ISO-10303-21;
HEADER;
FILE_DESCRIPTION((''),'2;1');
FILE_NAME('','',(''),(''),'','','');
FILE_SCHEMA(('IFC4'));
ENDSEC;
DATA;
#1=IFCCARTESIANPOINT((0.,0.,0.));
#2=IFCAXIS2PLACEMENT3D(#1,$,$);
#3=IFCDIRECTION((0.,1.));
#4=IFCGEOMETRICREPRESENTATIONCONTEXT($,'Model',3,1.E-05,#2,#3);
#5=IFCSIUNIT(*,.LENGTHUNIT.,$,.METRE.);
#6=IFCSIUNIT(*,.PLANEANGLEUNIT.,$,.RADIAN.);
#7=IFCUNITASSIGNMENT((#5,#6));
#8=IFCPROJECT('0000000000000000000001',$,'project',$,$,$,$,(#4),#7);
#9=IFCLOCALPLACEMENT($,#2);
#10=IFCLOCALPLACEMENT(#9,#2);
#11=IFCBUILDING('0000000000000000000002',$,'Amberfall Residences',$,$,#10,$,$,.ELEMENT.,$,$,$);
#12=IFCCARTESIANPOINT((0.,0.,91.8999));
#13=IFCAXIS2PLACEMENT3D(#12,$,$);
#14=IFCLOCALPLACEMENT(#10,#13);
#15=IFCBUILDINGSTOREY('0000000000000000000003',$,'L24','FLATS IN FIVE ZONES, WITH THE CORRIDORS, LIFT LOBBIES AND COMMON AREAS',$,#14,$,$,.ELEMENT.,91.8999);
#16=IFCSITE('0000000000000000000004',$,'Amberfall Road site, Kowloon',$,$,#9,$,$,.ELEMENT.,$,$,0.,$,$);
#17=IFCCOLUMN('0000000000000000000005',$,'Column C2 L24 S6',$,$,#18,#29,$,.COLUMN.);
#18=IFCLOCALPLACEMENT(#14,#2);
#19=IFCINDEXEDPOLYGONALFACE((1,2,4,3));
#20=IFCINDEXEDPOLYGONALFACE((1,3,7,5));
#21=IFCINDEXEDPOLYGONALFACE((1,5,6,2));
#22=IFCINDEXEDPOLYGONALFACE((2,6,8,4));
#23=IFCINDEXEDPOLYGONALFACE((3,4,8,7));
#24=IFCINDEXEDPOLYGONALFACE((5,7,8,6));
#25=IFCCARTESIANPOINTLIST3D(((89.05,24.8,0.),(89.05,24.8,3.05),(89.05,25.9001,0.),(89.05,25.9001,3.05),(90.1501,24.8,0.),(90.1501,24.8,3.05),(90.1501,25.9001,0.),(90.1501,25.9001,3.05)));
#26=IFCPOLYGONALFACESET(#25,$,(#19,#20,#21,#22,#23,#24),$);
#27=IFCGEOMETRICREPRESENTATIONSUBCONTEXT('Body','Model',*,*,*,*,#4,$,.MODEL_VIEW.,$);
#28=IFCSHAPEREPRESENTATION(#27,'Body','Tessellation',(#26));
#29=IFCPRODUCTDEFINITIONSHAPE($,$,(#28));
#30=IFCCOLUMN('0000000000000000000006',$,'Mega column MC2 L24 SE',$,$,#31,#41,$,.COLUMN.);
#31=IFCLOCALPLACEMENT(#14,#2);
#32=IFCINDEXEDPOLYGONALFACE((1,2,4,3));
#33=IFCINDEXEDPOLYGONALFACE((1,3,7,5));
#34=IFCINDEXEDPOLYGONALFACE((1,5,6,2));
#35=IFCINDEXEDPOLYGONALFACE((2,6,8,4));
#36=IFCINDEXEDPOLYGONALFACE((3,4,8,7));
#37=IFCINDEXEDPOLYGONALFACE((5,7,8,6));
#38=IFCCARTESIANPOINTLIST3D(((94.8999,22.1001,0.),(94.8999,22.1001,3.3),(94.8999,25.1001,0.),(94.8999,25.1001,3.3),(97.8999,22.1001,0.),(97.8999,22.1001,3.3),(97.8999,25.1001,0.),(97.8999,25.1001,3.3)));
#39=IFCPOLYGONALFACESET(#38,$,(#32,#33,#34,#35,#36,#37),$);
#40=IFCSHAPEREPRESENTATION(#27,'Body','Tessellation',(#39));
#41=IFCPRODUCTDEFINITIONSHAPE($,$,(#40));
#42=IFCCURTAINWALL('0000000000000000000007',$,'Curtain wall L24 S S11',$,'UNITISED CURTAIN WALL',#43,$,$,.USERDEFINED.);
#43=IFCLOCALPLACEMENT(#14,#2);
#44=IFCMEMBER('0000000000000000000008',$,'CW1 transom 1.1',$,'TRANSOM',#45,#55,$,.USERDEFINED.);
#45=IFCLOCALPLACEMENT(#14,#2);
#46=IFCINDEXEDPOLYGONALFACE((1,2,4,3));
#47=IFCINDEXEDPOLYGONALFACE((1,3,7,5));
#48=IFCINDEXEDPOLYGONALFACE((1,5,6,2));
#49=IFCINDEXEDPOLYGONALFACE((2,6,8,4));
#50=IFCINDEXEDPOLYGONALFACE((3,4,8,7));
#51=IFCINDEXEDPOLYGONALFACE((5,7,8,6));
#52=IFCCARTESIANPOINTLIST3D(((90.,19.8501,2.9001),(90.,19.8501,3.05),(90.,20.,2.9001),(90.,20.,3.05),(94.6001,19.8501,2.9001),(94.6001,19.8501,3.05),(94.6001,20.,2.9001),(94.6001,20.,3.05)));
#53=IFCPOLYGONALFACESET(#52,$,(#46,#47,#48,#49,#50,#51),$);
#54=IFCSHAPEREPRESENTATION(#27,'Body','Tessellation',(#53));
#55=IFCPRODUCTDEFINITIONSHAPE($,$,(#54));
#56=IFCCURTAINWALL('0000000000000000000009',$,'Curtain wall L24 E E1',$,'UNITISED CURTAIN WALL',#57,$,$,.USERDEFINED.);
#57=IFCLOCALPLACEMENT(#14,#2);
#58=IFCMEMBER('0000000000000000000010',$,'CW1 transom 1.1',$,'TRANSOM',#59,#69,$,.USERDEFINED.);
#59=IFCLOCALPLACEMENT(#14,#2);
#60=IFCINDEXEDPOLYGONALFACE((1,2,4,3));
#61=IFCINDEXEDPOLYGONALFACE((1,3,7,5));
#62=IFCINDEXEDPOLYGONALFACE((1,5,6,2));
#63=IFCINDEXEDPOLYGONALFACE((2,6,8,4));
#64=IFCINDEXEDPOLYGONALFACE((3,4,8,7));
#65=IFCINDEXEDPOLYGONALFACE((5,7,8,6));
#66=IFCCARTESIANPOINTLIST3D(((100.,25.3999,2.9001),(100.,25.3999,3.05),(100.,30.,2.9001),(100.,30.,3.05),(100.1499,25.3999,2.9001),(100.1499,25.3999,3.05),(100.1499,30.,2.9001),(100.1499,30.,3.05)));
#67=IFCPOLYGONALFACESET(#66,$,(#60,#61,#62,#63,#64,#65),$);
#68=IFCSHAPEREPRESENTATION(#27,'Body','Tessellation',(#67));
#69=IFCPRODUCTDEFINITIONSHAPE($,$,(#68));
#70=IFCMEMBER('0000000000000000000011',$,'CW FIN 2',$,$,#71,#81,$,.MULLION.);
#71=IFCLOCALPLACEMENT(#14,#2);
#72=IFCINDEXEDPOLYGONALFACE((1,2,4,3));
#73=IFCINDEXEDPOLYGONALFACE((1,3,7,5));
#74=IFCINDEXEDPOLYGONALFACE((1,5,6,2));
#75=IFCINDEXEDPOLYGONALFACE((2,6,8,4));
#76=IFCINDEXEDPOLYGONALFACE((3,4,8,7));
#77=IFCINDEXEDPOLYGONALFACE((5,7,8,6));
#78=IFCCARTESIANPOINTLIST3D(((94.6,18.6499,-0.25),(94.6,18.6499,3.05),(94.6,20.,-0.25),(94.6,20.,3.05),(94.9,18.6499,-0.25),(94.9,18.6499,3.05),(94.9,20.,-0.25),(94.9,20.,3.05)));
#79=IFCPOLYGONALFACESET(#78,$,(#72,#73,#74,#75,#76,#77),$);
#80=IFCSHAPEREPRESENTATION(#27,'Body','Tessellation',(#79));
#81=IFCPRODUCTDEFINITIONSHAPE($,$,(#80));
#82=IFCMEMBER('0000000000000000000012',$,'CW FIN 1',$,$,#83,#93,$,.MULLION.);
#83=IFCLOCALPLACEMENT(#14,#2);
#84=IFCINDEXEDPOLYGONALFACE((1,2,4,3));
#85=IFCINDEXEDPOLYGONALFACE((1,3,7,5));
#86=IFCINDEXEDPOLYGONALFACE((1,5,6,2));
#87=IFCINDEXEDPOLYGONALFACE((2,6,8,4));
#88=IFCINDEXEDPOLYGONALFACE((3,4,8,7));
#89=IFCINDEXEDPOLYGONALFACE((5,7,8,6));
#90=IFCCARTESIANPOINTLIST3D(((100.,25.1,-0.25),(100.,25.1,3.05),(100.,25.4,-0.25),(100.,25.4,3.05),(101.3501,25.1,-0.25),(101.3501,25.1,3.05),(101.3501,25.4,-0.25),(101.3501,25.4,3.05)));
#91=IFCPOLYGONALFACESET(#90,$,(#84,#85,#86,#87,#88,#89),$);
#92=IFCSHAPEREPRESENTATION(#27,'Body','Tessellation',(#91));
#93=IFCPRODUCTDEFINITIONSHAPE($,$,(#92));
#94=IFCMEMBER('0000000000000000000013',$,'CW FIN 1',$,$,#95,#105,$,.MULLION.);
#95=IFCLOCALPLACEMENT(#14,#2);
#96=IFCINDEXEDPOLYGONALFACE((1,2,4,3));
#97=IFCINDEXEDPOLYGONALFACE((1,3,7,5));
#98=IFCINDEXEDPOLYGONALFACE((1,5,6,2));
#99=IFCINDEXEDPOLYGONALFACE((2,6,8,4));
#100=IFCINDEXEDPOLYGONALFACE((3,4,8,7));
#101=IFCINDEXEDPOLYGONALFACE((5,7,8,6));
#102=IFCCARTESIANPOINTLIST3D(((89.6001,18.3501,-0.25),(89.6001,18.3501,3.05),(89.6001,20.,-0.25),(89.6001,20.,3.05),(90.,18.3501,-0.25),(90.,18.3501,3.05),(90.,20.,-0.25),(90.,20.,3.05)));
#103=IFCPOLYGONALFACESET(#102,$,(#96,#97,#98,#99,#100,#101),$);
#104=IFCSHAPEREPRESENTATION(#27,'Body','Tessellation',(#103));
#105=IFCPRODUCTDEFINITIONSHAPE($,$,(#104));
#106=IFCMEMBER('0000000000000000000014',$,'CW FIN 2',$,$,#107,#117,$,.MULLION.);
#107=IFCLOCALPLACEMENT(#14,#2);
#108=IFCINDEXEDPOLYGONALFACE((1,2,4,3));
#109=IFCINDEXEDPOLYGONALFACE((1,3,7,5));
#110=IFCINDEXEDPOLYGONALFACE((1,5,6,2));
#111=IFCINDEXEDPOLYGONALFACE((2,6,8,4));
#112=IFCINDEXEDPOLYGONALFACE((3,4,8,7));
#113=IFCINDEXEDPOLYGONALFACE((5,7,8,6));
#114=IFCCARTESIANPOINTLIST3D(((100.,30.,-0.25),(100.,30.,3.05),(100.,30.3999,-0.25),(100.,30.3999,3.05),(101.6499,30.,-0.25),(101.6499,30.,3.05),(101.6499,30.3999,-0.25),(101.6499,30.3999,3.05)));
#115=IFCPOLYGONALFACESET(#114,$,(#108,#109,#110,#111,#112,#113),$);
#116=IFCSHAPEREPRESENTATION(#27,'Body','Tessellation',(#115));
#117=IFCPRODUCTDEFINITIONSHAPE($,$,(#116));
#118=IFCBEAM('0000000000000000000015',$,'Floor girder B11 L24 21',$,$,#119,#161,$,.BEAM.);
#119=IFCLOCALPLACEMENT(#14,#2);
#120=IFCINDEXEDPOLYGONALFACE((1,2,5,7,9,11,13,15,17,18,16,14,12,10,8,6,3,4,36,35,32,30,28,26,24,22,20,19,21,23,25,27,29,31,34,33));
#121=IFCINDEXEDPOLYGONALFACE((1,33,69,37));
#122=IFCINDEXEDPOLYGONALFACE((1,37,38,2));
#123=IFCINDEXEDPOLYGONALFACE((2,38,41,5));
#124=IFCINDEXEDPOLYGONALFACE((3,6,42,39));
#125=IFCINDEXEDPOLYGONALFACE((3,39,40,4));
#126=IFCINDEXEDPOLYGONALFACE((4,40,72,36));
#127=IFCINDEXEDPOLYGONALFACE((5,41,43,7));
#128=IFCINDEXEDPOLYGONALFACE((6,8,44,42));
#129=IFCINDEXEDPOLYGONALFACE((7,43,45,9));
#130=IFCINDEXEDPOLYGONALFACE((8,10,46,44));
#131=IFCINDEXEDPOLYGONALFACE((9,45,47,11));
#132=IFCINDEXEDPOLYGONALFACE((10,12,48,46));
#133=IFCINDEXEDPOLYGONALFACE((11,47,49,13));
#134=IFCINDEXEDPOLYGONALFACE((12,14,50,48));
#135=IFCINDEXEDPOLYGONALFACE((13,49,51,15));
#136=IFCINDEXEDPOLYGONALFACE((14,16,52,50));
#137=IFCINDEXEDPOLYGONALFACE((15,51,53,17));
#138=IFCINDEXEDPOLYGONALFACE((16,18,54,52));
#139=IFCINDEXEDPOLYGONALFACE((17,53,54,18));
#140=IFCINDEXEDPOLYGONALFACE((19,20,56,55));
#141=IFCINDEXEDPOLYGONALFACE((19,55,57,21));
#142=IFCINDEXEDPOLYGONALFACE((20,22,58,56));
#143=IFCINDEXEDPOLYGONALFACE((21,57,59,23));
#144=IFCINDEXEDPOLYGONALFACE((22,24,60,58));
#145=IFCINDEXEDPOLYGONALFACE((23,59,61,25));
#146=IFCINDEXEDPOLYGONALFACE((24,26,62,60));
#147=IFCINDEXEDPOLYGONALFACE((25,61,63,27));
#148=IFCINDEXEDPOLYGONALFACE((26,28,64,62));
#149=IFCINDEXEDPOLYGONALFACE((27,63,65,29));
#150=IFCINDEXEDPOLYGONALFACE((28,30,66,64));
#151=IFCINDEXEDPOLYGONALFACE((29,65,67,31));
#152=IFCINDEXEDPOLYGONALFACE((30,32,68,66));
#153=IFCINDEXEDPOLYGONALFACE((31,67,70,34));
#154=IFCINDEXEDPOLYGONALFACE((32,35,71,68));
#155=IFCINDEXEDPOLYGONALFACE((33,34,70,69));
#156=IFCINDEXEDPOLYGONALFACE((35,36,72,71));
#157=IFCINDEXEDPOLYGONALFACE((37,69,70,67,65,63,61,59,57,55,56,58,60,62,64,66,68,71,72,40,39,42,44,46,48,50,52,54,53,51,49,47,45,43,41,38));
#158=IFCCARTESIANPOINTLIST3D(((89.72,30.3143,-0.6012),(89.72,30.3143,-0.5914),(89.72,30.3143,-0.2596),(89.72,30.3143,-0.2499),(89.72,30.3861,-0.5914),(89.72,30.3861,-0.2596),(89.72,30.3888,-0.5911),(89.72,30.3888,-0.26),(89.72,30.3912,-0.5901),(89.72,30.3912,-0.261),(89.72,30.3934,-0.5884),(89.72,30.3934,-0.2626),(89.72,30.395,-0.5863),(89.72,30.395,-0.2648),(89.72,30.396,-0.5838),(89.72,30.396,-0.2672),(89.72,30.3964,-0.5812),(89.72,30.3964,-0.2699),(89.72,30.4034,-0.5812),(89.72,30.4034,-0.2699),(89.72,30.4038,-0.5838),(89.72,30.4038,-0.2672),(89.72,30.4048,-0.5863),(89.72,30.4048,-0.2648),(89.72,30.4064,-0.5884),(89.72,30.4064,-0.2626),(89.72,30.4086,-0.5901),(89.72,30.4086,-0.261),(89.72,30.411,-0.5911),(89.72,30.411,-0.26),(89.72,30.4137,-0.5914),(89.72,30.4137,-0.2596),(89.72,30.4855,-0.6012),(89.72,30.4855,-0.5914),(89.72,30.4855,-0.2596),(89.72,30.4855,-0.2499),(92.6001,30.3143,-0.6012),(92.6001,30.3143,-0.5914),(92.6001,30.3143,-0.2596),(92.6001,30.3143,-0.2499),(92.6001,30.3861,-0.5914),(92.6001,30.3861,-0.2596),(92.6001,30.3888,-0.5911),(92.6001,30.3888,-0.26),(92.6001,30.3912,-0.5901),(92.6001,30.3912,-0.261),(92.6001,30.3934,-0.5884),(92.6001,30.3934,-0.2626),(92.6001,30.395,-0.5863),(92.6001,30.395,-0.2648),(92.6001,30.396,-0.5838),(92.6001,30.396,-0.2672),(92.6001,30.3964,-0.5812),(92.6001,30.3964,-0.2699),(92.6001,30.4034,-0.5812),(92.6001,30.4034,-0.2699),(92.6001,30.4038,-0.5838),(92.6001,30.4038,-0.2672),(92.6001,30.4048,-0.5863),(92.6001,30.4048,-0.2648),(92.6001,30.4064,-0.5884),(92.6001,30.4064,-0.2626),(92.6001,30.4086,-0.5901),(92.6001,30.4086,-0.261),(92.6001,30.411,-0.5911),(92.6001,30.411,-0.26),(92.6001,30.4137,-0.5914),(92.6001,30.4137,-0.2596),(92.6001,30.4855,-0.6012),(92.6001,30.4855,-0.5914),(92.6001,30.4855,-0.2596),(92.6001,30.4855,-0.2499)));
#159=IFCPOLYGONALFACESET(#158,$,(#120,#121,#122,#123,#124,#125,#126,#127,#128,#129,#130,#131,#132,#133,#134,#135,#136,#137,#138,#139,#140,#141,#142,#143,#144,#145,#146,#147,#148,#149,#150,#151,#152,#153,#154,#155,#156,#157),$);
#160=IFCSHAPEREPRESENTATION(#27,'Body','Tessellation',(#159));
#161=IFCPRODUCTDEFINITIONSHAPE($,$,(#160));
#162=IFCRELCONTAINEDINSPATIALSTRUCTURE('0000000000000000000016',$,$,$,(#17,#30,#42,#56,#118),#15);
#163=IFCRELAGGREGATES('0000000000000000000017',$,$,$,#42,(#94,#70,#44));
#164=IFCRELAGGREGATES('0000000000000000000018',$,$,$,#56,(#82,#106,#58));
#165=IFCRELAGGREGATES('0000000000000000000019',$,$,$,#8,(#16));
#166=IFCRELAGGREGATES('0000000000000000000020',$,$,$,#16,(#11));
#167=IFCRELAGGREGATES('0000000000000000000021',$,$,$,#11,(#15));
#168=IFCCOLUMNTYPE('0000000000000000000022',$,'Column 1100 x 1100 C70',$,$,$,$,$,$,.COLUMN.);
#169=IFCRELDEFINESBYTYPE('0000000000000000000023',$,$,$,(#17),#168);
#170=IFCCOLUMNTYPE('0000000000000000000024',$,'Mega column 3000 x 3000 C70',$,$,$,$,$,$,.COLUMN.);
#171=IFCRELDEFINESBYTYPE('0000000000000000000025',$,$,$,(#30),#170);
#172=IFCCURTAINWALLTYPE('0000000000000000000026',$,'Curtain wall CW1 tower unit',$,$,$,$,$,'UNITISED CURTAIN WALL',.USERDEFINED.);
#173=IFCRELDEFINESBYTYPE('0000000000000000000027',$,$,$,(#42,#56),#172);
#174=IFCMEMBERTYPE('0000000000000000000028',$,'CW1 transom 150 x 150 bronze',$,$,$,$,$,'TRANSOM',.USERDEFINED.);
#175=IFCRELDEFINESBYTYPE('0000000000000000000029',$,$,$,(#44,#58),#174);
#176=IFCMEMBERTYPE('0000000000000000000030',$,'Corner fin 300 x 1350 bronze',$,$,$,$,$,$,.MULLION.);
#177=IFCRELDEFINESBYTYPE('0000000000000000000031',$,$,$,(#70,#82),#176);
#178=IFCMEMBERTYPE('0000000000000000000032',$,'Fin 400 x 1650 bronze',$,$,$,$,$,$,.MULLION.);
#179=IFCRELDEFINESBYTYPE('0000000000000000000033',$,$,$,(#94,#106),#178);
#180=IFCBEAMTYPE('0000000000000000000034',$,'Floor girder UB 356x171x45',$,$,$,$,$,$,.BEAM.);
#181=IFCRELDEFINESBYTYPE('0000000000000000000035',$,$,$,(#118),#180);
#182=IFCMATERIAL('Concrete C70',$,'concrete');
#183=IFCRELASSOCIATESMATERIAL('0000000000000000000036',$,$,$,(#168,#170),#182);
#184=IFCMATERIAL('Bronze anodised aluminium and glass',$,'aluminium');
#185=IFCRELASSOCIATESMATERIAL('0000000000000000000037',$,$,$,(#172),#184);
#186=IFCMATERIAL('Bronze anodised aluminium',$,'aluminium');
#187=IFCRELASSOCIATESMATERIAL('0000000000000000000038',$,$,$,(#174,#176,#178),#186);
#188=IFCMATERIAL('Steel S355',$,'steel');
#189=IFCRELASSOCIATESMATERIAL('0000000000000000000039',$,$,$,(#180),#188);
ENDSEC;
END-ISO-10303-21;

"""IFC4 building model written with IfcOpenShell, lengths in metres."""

from ifc_helpers import new_model, si_unit, direction, frame, origin, origin_2d, place, context, subcontext, project, spatial, rectangle, i_section, extrude, material, material_profile, profile_set, type_object, element, aggregate, save


model = new_model("IFC4")

# Units and contexts
model_context = context("Model", 3, precision=1e-05, world=origin(), true_north=direction((0.0, 1.0)))
body_context = subcontext(model_context, "Body", "Model", "MODEL_VIEW")
ifc_project = project(units=[si_unit("LENGTHUNIT", "METRE"), si_unit("PLANEANGLEUNIT", "RADIAN")], contexts=[model_context])

# Site, building, storey
site_placement = place(None, origin())
site = spatial("IfcSite", under=ifc_project, at=site_placement, Name="Amberfall Road site, Kowloon", CompositionType="ELEMENT", RefElevation=0.0)
building_placement = place(site_placement, origin())
building = spatial("IfcBuilding", under=site, at=building_placement, Name="Amberfall Residences", CompositionType="ELEMENT")
storey_placement = place(building_placement, frame((0.0, 0.0, 91.8999)))
storey = spatial("IfcBuildingStorey", under=building, at=storey_placement, Name="L24", Description="FLATS IN FIVE ZONES, WITH THE CORRIDORS, LIFT LOBBIES AND COMMON AREAS", CompositionType="ELEMENT", Elevation=91.8999)

# Columns
ifc_material_1 = material(Name="Concrete C70", Category="concrete")
ifc_material_profile_1 = material_profile(ifc_material_1, rectangle(XDim=1.1001, YDim=1.1001, at=origin_2d()), Name="Column 1100 x 1100 C70")
ifc_profile_set_1 = profile_set([ifc_material_profile_1], Name="Concrete C70")
column_type_1 = type_object("IfcColumnType", Name="Column 1100 x 1100 C70", PredefinedType="COLUMN", material=ifc_profile_set_1)
column_1_placement = place(storey_placement, frame((89.6001, 25.3501, 0.0), z_axis=(0.0, 0.0, 1.0), x_axis=(1.0, 0.0, 0.0)))
element("IfcColumn", 1, at=column_1_placement, inside=storey, type_object=column_type_1, Name="Column C2 L24 S6", PredefinedType="COLUMN", context=body_context, shape_type="SweptSolid", body=[
    extrude(rectangle(XDim=1.1001, YDim=1.1001, at=origin_2d()), origin(), (0.0, 0.0, 1.0), 3.05),
])
ifc_material_profile_2 = material_profile(ifc_material_1, rectangle(XDim=3.0, YDim=3.0, at=origin_2d()), Name="Mega column 3000 x 3000 C70")
ifc_profile_set_2 = profile_set([ifc_material_profile_2], Name="Concrete C70")
column_type_2 = type_object("IfcColumnType", Name="Mega column 3000 x 3000 C70", PredefinedType="COLUMN", material=ifc_profile_set_2)
column_2_placement = place(storey_placement, frame((96.3999, 23.6001, 0.0), z_axis=(0.0, 0.0, 1.0), x_axis=(1.0, 0.0, 0.0)))
element("IfcColumn", 2, at=column_2_placement, inside=storey, type_object=column_type_2, Name="Mega column MC2 L24 SE", PredefinedType="COLUMN", context=body_context, shape_type="SweptSolid", body=[
    extrude(rectangle(XDim=3.0, YDim=3.0, at=origin_2d()), origin(), (0.0, 0.0, 1.0), 3.3),
])

# Curtain walls, members
ifc_material_2 = material(Name="Bronze anodised aluminium and glass", Category="aluminium")
curtain_wall_type = type_object("IfcCurtainWallType", Name="Curtain wall CW1 tower unit", ElementType="UNITISED CURTAIN WALL", PredefinedType="USERDEFINED", material=ifc_material_2)
curtain_wall_1_placement = place(storey_placement, origin())
curtain_wall_1 = element("IfcCurtainWall", 3, at=curtain_wall_1_placement, inside=storey, type_object=curtain_wall_type, Name="Curtain wall L24 S S11", ObjectType="UNITISED CURTAIN WALL", PredefinedType="USERDEFINED")
ifc_material_3 = material(Name="Bronze anodised aluminium", Category="aluminium")
ifc_material_profile_3 = material_profile(ifc_material_3, rectangle(XDim=0.1499, YDim=0.1499, at=origin_2d()), Name="CW1 transom 150 x 150 bronze")
ifc_profile_set_3 = profile_set([ifc_material_profile_3], Name="Bronze anodised aluminium")
member_type_1 = type_object("IfcMemberType", Name="CW1 transom 150 x 150 bronze", ElementType="TRANSOM", PredefinedType="USERDEFINED", material=ifc_profile_set_3)
member_1_placement = place(storey_placement, frame((90.0, 19.925, 2.9751), z_axis=(1.0, 0.0, 0.0), x_axis=(0.0, 1.0, 0.0)))
member_1 = element("IfcMember", 4, at=member_1_placement, type_object=member_type_1, Name="CW1 transom 1.1", ObjectType="TRANSOM", PredefinedType="USERDEFINED", context=body_context, shape_type="SweptSolid", body=[
    extrude(rectangle(XDim=0.1499, YDim=0.1499, at=origin_2d()), origin(), (0.0, 0.0, 1.0), 4.6001),
])
curtain_wall_2_placement = place(storey_placement, origin())
curtain_wall_2 = element("IfcCurtainWall", 5, at=curtain_wall_2_placement, inside=storey, type_object=curtain_wall_type, Name="Curtain wall L24 E E1", ObjectType="UNITISED CURTAIN WALL", PredefinedType="USERDEFINED")
member_2_placement = place(storey_placement, frame((100.075, 25.3999, 2.9751), z_axis=(0.0, 1.0, 0.0), x_axis=(-1.0, 0.0, 0.0)))
member_2 = element("IfcMember", 6, at=member_2_placement, type_object=member_type_1, Name="CW1 transom 1.1", ObjectType="TRANSOM", PredefinedType="USERDEFINED", context=body_context, shape_type="SweptSolid", body=[
    extrude(rectangle(XDim=0.1499, YDim=0.1499, at=origin_2d()), origin(), (0.0, 0.0, 1.0), 4.6001),
])

# Members
ifc_material_profile_4 = material_profile(ifc_material_3, rectangle(XDim=1.3501, YDim=0.3, at=origin_2d()), Name="Corner fin 300 x 1350 bronze")
ifc_profile_set_4 = profile_set([ifc_material_profile_4], Name="Bronze anodised aluminium")
member_type_2 = type_object("IfcMemberType", Name="Corner fin 300 x 1350 bronze", PredefinedType="MULLION", material=ifc_profile_set_4)
member_3_placement = place(storey_placement, frame((94.75, 19.325, -0.25), z_axis=(0.0, 0.0, 1.0), x_axis=(0.0, 1.0, 0.0)))
member_3 = element("IfcMember", 7, at=member_3_placement, type_object=member_type_2, Name="CW FIN 2", PredefinedType="MULLION", context=body_context, shape_type="SweptSolid", body=[
    extrude(rectangle(XDim=1.3501, YDim=0.3, at=origin_2d()), origin(), (0.0, 0.0, 1.0), 3.3),
])
member_4_placement = place(storey_placement, frame((100.675, 25.25, -0.25), z_axis=(0.0, 0.0, 1.0), x_axis=(-1.0, 0.0, 0.0)))
member_4 = element("IfcMember", 8, at=member_4_placement, type_object=member_type_2, Name="CW FIN 1", PredefinedType="MULLION", context=body_context, shape_type="SweptSolid", body=[
    extrude(rectangle(XDim=1.3501, YDim=0.3, at=origin_2d()), origin(), (0.0, 0.0, 1.0), 3.3),
])
ifc_material_profile_5 = material_profile(ifc_material_3, rectangle(XDim=1.6499, YDim=0.3999, at=origin_2d()), Name="Fin 400 x 1650 bronze")
ifc_profile_set_5 = profile_set([ifc_material_profile_5], Name="Bronze anodised aluminium")
member_type_3 = type_object("IfcMemberType", Name="Fin 400 x 1650 bronze", PredefinedType="MULLION", material=ifc_profile_set_5)
member_5_placement = place(storey_placement, frame((89.8, 19.175, -0.25), z_axis=(0.0, 0.0, 1.0), x_axis=(0.0, 1.0, 0.0)))
member_5 = element("IfcMember", 9, at=member_5_placement, type_object=member_type_3, Name="CW FIN 1", PredefinedType="MULLION", context=body_context, shape_type="SweptSolid", body=[
    extrude(rectangle(XDim=1.6499, YDim=0.3999, at=origin_2d()), origin(), (0.0, 0.0, 1.0), 3.3),
])
member_6_placement = place(storey_placement, frame((100.825, 30.2, -0.25), z_axis=(0.0, 0.0, 1.0), x_axis=(-1.0, 0.0, 0.0)))
member_6 = element("IfcMember", 10, at=member_6_placement, type_object=member_type_3, Name="CW FIN 2", PredefinedType="MULLION", context=body_context, shape_type="SweptSolid", body=[
    extrude(rectangle(XDim=1.6499, YDim=0.3999, at=origin_2d()), origin(), (0.0, 0.0, 1.0), 3.3),
])

# Beam
ifc_material_4 = material(Name="Steel S355", Category="steel")
ifc_material_profile_6 = material_profile(ifc_material_4, i_section(OverallWidth=0.1711, OverallDepth=0.3513, WebThickness=0.0071, FlangeThickness=0.0098, FilletRadius=0.0103, at=origin_2d()), Name="UB 356x171x45")
ifc_profile_set_6 = profile_set([ifc_material_profile_6], Name="Steel S355")
beam_type_1 = type_object("IfcBeamType", Name="Floor girder UB 356x171x45", PredefinedType="BEAM", material=ifc_profile_set_6)
beam_1_placement = place(storey_placement, frame((92.6001, 30.3999, -0.4255), z_axis=(-1.0, 0.0, 0.0), x_axis=(0.0, -1.0, 0.0)))
element("IfcBeam", 11, at=beam_1_placement, inside=storey, type_object=beam_type_1, Name="Floor girder B11 L24 21", PredefinedType="BEAM", context=body_context, shape_type="SweptSolid", body=[
    extrude(i_section(OverallWidth=0.1711, OverallDepth=0.3513, WebThickness=0.0071, FlangeThickness=0.0098, FilletRadius=0.0103, at=origin_2d()), origin(), (0.0, 0.0, 1.0), 2.8801),
])

aggregate(curtain_wall_1, [member_5, member_3, member_1])
aggregate(curtain_wall_2, [member_4, member_6, member_2])

save(model, "model.ifc")
